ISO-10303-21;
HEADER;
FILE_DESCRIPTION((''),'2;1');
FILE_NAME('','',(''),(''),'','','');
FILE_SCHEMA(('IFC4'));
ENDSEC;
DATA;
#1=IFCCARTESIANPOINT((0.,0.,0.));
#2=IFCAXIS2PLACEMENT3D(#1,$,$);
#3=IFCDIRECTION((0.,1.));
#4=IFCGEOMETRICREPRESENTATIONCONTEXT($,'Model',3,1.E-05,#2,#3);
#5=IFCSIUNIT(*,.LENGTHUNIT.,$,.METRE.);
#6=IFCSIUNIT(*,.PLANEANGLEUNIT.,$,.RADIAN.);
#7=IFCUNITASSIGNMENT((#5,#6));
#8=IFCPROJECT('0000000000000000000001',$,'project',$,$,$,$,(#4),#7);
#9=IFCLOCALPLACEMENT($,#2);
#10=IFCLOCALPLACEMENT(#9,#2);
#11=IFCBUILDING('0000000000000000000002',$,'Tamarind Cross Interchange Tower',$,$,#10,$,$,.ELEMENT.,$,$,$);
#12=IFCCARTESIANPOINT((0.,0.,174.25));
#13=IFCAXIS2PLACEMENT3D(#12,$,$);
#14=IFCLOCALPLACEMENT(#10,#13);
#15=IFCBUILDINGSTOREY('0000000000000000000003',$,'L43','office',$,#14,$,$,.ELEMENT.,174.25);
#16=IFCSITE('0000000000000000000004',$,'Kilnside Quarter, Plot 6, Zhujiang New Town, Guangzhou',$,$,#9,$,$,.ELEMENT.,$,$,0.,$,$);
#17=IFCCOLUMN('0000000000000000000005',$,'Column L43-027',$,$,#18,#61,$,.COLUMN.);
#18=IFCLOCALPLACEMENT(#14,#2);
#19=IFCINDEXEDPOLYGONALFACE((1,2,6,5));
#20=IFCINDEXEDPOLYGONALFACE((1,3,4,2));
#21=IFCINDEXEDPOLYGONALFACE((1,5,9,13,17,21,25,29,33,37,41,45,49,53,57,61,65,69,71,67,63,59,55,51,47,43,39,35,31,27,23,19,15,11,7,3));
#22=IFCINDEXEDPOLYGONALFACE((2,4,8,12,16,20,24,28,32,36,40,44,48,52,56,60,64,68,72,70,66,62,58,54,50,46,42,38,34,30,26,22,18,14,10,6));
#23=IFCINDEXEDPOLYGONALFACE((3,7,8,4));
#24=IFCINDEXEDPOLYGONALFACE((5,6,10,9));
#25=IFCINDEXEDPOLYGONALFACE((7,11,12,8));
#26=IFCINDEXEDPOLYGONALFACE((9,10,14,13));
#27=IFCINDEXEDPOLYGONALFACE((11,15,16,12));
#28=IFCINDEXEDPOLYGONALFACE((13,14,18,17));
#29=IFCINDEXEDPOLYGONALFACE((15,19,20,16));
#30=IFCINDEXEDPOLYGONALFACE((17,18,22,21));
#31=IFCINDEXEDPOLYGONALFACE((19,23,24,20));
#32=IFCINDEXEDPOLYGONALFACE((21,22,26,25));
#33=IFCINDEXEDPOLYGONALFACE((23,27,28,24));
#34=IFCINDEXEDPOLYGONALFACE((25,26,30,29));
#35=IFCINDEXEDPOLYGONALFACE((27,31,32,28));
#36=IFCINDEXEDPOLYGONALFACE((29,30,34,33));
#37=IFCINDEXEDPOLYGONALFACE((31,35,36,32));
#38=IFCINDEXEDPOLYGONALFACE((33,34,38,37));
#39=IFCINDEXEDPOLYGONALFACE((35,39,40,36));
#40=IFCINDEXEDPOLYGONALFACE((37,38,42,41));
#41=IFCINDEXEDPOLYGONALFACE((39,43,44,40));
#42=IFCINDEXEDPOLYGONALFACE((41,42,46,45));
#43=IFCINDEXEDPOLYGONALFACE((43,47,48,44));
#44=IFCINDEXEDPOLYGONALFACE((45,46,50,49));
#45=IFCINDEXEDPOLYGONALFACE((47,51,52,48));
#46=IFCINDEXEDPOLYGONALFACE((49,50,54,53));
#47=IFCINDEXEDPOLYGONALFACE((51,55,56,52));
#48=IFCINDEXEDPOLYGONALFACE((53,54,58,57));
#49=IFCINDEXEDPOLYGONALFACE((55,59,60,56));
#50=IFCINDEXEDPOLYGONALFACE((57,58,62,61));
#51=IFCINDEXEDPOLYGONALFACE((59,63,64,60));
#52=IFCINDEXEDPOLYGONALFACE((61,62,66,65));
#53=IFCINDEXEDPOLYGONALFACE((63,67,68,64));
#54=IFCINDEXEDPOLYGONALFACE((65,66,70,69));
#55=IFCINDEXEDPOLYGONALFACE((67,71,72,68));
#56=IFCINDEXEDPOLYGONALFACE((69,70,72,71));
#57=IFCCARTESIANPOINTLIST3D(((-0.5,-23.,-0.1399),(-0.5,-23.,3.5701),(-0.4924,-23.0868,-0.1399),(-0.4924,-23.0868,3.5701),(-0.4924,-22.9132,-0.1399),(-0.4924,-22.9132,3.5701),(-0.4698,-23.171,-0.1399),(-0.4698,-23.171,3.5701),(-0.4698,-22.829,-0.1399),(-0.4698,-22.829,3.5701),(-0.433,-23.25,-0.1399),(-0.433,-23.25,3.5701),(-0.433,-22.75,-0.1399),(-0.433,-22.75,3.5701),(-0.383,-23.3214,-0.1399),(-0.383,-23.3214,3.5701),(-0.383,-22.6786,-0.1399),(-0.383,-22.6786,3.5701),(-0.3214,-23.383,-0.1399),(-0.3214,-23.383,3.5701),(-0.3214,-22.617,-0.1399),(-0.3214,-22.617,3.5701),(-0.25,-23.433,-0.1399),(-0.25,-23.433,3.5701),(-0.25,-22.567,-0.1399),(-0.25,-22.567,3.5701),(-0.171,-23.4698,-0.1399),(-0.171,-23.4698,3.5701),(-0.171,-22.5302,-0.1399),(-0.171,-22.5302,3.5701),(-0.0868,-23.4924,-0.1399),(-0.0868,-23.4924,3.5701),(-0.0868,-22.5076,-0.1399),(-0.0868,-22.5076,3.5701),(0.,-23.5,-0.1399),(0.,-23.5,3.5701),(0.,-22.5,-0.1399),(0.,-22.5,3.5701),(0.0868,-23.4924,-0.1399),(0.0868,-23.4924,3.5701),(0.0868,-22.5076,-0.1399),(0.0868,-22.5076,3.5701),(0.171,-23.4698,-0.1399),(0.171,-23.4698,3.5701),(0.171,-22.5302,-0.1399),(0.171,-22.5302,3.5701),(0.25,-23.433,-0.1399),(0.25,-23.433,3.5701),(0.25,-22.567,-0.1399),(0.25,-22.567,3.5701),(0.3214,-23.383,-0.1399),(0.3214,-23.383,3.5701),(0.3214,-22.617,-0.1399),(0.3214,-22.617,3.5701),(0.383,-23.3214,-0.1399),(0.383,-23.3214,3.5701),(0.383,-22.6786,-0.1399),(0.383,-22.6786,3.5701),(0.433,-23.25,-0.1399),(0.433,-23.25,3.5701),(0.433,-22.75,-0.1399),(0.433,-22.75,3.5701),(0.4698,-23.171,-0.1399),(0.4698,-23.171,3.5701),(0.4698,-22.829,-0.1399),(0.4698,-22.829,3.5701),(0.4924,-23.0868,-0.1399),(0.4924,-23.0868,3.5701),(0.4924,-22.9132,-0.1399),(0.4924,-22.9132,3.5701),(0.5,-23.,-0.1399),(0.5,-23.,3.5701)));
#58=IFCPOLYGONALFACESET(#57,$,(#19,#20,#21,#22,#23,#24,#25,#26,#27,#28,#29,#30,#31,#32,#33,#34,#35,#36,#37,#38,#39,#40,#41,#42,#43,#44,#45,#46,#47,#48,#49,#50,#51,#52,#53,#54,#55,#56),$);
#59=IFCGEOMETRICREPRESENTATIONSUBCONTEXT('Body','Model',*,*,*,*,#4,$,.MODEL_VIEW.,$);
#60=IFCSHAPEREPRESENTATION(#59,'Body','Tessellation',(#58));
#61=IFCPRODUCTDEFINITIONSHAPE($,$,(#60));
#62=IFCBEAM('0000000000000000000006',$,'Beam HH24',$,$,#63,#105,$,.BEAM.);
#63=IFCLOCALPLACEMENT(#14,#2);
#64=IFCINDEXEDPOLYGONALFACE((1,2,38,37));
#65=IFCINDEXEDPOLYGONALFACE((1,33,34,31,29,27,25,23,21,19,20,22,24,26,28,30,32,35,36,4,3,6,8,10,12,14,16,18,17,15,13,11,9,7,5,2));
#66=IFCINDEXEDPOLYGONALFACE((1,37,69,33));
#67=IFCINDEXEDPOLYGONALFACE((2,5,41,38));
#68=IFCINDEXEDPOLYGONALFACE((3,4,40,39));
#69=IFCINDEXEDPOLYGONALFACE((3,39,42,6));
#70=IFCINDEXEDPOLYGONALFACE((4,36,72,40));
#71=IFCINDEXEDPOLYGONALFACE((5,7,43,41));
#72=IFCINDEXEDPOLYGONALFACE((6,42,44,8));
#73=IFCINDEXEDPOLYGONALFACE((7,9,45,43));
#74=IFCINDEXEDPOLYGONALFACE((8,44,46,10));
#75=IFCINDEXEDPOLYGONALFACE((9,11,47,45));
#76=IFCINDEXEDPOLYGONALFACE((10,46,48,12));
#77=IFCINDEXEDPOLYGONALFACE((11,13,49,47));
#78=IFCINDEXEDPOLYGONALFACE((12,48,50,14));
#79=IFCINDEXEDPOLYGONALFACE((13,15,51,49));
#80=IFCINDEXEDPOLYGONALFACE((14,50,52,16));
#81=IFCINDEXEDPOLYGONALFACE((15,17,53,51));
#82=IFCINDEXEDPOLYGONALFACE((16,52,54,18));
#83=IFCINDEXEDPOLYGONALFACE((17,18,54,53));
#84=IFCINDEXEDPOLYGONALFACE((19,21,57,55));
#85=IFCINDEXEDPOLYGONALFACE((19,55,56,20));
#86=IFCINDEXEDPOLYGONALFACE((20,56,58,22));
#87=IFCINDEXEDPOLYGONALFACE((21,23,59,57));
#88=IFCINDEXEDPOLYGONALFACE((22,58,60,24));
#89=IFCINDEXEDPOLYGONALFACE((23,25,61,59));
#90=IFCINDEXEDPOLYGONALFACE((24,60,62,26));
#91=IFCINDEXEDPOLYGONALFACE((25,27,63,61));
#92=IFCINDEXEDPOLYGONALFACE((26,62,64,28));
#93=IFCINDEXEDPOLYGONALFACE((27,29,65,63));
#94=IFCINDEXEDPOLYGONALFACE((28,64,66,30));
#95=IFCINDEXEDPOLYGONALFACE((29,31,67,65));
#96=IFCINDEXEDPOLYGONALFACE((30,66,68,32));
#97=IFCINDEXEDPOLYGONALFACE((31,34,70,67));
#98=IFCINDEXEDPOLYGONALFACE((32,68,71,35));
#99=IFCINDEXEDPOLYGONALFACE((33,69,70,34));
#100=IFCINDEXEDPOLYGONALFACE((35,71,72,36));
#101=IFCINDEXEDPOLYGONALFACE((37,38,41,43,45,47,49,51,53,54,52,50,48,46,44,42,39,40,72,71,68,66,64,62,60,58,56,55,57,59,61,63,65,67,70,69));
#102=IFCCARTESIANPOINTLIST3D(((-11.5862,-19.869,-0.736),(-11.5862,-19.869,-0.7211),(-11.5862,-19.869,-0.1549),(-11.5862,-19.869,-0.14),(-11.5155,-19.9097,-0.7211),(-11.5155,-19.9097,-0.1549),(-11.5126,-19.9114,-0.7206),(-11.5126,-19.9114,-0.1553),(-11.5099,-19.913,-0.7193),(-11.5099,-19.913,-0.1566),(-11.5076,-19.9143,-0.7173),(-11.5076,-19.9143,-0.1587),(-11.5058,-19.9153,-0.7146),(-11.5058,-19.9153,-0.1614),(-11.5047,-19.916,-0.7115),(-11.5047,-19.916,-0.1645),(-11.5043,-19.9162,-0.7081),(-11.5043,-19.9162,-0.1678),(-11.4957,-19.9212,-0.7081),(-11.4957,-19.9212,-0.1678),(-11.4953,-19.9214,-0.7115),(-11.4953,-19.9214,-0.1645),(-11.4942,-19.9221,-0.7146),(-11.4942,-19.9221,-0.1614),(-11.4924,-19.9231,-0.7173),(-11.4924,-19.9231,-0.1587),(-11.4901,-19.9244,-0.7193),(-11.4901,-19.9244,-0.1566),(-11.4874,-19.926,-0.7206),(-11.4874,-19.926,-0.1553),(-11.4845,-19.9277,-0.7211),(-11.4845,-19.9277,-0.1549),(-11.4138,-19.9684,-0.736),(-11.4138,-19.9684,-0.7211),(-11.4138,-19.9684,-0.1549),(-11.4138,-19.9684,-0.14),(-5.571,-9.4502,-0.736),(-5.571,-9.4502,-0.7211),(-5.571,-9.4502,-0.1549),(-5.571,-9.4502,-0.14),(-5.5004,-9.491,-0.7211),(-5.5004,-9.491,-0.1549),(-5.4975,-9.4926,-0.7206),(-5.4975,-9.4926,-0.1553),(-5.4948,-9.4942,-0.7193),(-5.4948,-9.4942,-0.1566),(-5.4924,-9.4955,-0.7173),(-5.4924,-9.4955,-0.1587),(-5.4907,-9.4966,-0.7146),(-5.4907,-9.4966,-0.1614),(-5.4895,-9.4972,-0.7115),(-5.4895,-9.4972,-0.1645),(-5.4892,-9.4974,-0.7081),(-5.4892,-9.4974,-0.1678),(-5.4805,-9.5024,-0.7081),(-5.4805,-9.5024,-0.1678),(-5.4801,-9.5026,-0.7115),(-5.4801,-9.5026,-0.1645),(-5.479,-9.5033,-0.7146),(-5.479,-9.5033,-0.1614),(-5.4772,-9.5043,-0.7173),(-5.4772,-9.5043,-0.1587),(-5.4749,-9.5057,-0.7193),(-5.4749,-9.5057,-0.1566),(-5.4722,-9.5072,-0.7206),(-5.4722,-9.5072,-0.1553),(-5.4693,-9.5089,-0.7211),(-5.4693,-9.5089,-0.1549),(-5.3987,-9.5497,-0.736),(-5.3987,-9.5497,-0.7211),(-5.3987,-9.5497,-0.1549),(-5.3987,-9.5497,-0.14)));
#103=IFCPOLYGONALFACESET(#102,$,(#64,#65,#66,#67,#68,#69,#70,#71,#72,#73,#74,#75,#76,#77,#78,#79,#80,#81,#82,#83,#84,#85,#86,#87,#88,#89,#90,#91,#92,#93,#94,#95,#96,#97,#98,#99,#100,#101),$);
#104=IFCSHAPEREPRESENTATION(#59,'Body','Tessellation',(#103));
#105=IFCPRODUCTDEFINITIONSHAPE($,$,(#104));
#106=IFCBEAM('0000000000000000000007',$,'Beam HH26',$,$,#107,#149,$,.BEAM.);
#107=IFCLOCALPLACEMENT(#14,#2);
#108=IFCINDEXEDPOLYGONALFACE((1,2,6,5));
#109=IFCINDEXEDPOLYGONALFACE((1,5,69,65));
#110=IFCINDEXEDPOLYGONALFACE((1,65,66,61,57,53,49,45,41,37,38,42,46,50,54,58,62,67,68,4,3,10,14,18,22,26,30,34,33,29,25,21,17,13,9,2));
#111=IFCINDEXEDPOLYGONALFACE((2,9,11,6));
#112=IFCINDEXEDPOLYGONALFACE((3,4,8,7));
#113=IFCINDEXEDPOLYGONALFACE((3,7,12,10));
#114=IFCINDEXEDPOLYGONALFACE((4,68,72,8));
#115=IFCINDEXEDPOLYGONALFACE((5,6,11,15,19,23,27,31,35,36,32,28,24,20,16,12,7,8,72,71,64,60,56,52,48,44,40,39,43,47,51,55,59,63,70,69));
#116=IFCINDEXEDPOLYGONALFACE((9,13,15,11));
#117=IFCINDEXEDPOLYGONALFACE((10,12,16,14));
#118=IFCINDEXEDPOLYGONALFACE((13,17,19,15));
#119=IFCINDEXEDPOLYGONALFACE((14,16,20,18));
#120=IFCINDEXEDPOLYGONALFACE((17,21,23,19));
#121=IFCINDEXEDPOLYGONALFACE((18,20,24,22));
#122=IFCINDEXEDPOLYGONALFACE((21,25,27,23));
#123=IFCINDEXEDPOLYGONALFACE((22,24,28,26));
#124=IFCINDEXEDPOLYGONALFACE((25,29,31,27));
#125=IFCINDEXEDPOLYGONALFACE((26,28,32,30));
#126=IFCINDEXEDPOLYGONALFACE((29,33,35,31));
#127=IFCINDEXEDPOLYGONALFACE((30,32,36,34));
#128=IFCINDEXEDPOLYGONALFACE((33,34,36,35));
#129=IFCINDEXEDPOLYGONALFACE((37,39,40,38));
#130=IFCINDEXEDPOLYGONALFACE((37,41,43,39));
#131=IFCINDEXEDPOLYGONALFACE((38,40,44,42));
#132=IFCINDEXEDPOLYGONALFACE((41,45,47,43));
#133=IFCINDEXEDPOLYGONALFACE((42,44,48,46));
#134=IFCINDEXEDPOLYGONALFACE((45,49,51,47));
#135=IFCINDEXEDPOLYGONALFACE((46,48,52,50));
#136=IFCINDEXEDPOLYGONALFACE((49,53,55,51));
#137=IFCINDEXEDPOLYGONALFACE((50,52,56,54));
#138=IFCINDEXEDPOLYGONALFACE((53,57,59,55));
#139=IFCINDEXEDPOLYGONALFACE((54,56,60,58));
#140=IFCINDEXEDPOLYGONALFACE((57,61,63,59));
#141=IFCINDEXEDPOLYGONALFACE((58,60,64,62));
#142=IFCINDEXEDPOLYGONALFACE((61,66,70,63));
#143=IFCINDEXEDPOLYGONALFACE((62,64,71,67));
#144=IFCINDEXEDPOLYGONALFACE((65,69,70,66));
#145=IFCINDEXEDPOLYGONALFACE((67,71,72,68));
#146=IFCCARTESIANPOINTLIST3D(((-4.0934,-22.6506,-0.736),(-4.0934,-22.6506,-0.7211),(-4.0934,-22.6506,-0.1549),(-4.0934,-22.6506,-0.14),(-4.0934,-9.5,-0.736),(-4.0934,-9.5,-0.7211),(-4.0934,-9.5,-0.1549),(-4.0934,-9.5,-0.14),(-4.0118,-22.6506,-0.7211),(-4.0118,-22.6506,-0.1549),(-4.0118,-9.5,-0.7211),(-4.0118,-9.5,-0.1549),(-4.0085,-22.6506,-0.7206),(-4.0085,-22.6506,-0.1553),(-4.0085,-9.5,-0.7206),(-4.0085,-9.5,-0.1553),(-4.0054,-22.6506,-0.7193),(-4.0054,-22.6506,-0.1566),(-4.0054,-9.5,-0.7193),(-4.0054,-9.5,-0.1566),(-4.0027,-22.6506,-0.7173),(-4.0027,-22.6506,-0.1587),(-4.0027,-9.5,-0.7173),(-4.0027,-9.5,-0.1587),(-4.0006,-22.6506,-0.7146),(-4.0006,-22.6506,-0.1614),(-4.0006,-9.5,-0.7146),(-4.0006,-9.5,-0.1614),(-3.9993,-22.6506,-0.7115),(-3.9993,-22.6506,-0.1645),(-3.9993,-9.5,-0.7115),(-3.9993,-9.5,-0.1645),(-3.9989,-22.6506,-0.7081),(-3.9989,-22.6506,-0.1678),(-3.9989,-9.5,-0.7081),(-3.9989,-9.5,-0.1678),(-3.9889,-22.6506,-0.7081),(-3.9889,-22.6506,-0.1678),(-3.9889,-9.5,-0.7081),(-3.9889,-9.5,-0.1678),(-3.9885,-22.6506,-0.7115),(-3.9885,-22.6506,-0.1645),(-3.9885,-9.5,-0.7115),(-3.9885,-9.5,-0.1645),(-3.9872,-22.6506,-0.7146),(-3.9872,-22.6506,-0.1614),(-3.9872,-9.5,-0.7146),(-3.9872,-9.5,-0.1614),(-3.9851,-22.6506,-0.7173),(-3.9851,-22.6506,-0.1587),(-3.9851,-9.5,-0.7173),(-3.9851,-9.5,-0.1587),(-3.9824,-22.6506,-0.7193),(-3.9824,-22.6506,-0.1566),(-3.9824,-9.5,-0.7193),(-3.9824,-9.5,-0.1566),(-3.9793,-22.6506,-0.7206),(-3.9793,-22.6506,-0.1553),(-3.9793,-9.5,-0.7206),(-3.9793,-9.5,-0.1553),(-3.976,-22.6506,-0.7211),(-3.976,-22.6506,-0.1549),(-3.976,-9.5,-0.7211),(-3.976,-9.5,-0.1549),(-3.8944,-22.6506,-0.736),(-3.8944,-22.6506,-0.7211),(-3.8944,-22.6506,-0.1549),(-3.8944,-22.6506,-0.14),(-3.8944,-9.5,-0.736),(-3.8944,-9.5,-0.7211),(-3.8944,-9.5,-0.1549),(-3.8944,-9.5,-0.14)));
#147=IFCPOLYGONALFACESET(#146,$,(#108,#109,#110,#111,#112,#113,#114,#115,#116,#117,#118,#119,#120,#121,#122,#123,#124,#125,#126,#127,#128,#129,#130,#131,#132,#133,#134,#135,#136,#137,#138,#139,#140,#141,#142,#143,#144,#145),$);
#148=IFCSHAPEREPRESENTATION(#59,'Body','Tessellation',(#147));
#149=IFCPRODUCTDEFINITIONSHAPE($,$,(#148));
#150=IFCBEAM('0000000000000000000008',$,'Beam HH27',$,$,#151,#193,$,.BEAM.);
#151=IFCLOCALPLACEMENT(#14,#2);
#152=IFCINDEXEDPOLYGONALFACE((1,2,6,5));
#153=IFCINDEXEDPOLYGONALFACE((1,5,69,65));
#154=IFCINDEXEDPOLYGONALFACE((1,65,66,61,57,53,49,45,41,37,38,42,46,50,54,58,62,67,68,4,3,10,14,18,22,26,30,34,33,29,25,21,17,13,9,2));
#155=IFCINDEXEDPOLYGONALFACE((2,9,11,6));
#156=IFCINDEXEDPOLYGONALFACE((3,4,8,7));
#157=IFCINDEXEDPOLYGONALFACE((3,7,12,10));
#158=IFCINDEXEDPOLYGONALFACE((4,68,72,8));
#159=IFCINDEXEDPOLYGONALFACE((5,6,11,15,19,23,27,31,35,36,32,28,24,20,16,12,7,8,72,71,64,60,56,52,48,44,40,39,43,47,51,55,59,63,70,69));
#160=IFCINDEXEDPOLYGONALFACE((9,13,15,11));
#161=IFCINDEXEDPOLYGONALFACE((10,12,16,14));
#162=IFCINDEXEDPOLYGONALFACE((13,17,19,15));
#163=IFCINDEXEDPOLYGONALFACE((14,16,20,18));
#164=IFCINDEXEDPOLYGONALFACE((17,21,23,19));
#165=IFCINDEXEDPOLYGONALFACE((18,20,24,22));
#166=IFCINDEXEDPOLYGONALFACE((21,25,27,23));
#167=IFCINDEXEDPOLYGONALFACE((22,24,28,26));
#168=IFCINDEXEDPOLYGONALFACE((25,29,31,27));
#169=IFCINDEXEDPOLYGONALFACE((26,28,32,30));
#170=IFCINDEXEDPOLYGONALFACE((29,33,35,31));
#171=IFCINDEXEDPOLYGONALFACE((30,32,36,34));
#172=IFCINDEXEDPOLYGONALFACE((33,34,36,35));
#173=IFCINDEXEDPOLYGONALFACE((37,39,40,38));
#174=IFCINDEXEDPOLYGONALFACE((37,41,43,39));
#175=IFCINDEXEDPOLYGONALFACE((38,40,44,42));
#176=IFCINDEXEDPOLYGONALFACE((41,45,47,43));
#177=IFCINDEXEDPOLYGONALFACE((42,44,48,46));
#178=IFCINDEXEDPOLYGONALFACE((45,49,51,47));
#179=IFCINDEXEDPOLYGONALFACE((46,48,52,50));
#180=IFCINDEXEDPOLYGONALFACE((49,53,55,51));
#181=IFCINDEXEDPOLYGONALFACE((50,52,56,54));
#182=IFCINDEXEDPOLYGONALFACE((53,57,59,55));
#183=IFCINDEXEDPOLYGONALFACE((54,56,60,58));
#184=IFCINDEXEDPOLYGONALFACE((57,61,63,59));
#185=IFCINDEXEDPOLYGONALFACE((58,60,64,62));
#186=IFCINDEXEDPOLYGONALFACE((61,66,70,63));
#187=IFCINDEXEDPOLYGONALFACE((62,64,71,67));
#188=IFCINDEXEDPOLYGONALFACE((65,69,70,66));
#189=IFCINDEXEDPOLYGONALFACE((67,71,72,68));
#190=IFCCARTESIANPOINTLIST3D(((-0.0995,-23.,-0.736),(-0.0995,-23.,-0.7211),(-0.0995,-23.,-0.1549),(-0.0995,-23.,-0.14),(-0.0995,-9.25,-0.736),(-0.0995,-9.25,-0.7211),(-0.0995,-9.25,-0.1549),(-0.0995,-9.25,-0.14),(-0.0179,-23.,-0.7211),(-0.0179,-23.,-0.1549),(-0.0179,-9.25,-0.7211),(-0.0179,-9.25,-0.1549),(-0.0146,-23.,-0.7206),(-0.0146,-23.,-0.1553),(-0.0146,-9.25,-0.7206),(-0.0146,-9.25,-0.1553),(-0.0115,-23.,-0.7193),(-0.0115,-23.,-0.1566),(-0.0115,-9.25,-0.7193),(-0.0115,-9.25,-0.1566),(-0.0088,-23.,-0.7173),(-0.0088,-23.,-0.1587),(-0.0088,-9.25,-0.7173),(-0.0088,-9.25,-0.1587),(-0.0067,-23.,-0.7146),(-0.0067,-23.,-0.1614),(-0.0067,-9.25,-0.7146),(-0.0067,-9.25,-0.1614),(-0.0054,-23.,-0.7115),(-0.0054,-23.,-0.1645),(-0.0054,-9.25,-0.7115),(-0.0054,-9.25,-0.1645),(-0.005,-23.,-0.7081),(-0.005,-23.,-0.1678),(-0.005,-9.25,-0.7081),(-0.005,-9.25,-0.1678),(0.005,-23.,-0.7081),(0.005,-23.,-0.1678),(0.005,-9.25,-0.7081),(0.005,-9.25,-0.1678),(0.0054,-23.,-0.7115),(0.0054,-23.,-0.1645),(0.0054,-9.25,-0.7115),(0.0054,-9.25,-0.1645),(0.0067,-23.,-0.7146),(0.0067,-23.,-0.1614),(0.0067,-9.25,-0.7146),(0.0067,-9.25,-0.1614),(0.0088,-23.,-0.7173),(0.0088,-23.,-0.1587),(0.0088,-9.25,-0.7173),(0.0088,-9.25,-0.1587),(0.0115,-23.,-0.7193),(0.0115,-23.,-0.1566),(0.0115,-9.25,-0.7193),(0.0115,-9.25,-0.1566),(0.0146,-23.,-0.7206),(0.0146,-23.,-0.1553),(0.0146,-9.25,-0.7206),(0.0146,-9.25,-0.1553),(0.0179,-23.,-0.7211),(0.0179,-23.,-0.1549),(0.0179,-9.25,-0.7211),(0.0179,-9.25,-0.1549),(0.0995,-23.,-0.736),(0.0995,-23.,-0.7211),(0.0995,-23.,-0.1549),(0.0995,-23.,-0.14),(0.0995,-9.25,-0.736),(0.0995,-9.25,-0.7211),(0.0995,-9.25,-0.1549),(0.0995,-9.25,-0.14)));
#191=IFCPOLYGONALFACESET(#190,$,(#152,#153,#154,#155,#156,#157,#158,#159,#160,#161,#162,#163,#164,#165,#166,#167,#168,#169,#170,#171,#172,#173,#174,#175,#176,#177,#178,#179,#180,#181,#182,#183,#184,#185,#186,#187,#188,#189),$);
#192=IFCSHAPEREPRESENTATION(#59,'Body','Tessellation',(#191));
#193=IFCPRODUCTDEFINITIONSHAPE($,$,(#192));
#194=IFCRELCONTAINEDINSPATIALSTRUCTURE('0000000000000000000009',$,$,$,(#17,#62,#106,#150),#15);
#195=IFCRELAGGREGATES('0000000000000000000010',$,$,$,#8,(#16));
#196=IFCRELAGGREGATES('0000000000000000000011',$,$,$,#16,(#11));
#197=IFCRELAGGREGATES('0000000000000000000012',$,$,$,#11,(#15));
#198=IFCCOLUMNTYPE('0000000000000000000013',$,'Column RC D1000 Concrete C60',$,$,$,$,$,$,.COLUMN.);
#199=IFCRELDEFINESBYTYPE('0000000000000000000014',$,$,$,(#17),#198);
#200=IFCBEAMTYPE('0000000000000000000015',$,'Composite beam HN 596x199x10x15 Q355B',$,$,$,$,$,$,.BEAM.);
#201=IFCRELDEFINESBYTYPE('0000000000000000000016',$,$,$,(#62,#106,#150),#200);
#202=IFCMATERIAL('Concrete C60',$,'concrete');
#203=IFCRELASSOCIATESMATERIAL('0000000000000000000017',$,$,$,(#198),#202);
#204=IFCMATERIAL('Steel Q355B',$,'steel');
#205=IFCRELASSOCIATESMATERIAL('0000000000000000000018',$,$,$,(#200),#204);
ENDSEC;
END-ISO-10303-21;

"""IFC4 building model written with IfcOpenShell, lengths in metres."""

from ifc_helpers import new_model, si_unit, direction, frame, origin, origin_2d, place, context, subcontext, project, spatial, circle, i_section, extrude, material, material_profile, profile_set, type_object, element, save


model = new_model("IFC4")

# Units and contexts
model_context = context("Model", 3, precision=1e-05, world=origin(), true_north=direction((0.0, 1.0)))
body_context = subcontext(model_context, "Body", "Model", "MODEL_VIEW")
ifc_project = project(units=[si_unit("LENGTHUNIT", "METRE"), si_unit("PLANEANGLEUNIT", "RADIAN")], contexts=[model_context])

# Site, building, storey
site_placement = place(None, origin())
site = spatial("IfcSite", under=ifc_project, at=site_placement, Name="Kilnside Quarter, Plot 6, Zhujiang New Town, Guangzhou", CompositionType="ELEMENT", RefElevation=0.0)
building_placement = place(site_placement, origin())
building = spatial("IfcBuilding", under=site, at=building_placement, Name="Tamarind Cross Interchange Tower", CompositionType="ELEMENT")
storey_placement = place(building_placement, frame((0.0, 0.0, 174.25)))
storey = spatial("IfcBuildingStorey", under=building, at=storey_placement, Name="L43", Description="office", CompositionType="ELEMENT", Elevation=174.25)

# Column
ifc_material_1 = material(Name="Concrete C60", Category="concrete")
ifc_material_profile_1 = material_profile(ifc_material_1, circle(Radius=0.5, at=origin_2d()), Name="RC D1000")
ifc_profile_set_1 = profile_set([ifc_material_profile_1], Name="Concrete C60")
column_type = type_object("IfcColumnType", Name="Column RC D1000 Concrete C60", PredefinedType="COLUMN", material=ifc_profile_set_1)
for number, where, z_axis, x_axis, name in (
    (1, (0.0, -23.0, -0.1399), (0.0, 0.0, 1.0), (1.0, 0.0, 0.0), "Column L43-027"),
):
    element("IfcColumn", number, at=place(storey_placement, frame(where, z_axis=z_axis, x_axis=x_axis)), inside=storey, type_object=column_type, Name=name, PredefinedType="COLUMN", context=body_context, shape_type="SweptSolid", body=[
        extrude(circle(Radius=0.5, at=origin_2d()), origin(), (0.0, 0.0, 1.0), 3.71),
    ])

# Beams
ifc_material_2 = material(Name="Steel Q355B", Category="steel")
ifc_material_profile_2 = material_profile(ifc_material_2, i_section(OverallWidth=0.199, OverallDepth=0.5959, WebThickness=0.01, FlangeThickness=0.0149, FilletRadius=0.0129, at=origin_2d()), Name="HN 596x199x10x15")
ifc_profile_set_2 = profile_set([ifc_material_profile_2], Name="Steel Q355B")
beam_type = type_object("IfcBeamType", Name="Composite beam HN 596x199x10x15 Q355B", PredefinedType="BEAM", material=ifc_profile_set_2)
beam_1_placement = place(storey_placement, frame((-11.5, -19.9187, -0.438), z_axis=(0.499994, 0.866029, 0.0), x_axis=(-0.866029, 0.499994, 0.0)))
element("IfcBeam", 2, at=beam_1_placement, inside=storey, type_object=beam_type, Name="Beam HH24", PredefinedType="BEAM", context=body_context, shape_type="SweptSolid", body=[
    extrude(i_section(OverallWidth=0.199, OverallDepth=0.5959, WebThickness=0.01, FlangeThickness=0.0149, FilletRadius=0.0129, at=origin_2d()), origin(), (0.0, 0.0, 1.0), 12.0305),
])
beam_2_placement = place(storey_placement, frame((-3.9939, -22.6506, -0.438), z_axis=(0.0, 1.0, 0.0), x_axis=(-1.0, 0.0, 0.0)))
element("IfcBeam", 3, at=beam_2_placement, inside=storey, type_object=beam_type, Name="Beam HH26", PredefinedType="BEAM", context=body_context, shape_type="SweptSolid", body=[
    extrude(i_section(OverallWidth=0.199, OverallDepth=0.5959, WebThickness=0.01, FlangeThickness=0.0149, FilletRadius=0.0129, at=origin_2d()), origin(), (0.0, 0.0, 1.0), 13.1506),
])
beam_3_placement = place(storey_placement, frame((0.0, -23.0, -0.438), z_axis=(0.0, 1.0, 0.0), x_axis=(-1.0, 0.0, 0.0)))
element("IfcBeam", 4, at=beam_3_placement, inside=storey, type_object=beam_type, Name="Beam HH27", PredefinedType="BEAM", context=body_context, shape_type="SweptSolid", body=[
    extrude(i_section(OverallWidth=0.199, OverallDepth=0.5959, WebThickness=0.01, FlangeThickness=0.0149, FilletRadius=0.0129, at=origin_2d()), origin(), (0.0, 0.0, 1.0), 13.75),
])

save(model, "model.ifc")
